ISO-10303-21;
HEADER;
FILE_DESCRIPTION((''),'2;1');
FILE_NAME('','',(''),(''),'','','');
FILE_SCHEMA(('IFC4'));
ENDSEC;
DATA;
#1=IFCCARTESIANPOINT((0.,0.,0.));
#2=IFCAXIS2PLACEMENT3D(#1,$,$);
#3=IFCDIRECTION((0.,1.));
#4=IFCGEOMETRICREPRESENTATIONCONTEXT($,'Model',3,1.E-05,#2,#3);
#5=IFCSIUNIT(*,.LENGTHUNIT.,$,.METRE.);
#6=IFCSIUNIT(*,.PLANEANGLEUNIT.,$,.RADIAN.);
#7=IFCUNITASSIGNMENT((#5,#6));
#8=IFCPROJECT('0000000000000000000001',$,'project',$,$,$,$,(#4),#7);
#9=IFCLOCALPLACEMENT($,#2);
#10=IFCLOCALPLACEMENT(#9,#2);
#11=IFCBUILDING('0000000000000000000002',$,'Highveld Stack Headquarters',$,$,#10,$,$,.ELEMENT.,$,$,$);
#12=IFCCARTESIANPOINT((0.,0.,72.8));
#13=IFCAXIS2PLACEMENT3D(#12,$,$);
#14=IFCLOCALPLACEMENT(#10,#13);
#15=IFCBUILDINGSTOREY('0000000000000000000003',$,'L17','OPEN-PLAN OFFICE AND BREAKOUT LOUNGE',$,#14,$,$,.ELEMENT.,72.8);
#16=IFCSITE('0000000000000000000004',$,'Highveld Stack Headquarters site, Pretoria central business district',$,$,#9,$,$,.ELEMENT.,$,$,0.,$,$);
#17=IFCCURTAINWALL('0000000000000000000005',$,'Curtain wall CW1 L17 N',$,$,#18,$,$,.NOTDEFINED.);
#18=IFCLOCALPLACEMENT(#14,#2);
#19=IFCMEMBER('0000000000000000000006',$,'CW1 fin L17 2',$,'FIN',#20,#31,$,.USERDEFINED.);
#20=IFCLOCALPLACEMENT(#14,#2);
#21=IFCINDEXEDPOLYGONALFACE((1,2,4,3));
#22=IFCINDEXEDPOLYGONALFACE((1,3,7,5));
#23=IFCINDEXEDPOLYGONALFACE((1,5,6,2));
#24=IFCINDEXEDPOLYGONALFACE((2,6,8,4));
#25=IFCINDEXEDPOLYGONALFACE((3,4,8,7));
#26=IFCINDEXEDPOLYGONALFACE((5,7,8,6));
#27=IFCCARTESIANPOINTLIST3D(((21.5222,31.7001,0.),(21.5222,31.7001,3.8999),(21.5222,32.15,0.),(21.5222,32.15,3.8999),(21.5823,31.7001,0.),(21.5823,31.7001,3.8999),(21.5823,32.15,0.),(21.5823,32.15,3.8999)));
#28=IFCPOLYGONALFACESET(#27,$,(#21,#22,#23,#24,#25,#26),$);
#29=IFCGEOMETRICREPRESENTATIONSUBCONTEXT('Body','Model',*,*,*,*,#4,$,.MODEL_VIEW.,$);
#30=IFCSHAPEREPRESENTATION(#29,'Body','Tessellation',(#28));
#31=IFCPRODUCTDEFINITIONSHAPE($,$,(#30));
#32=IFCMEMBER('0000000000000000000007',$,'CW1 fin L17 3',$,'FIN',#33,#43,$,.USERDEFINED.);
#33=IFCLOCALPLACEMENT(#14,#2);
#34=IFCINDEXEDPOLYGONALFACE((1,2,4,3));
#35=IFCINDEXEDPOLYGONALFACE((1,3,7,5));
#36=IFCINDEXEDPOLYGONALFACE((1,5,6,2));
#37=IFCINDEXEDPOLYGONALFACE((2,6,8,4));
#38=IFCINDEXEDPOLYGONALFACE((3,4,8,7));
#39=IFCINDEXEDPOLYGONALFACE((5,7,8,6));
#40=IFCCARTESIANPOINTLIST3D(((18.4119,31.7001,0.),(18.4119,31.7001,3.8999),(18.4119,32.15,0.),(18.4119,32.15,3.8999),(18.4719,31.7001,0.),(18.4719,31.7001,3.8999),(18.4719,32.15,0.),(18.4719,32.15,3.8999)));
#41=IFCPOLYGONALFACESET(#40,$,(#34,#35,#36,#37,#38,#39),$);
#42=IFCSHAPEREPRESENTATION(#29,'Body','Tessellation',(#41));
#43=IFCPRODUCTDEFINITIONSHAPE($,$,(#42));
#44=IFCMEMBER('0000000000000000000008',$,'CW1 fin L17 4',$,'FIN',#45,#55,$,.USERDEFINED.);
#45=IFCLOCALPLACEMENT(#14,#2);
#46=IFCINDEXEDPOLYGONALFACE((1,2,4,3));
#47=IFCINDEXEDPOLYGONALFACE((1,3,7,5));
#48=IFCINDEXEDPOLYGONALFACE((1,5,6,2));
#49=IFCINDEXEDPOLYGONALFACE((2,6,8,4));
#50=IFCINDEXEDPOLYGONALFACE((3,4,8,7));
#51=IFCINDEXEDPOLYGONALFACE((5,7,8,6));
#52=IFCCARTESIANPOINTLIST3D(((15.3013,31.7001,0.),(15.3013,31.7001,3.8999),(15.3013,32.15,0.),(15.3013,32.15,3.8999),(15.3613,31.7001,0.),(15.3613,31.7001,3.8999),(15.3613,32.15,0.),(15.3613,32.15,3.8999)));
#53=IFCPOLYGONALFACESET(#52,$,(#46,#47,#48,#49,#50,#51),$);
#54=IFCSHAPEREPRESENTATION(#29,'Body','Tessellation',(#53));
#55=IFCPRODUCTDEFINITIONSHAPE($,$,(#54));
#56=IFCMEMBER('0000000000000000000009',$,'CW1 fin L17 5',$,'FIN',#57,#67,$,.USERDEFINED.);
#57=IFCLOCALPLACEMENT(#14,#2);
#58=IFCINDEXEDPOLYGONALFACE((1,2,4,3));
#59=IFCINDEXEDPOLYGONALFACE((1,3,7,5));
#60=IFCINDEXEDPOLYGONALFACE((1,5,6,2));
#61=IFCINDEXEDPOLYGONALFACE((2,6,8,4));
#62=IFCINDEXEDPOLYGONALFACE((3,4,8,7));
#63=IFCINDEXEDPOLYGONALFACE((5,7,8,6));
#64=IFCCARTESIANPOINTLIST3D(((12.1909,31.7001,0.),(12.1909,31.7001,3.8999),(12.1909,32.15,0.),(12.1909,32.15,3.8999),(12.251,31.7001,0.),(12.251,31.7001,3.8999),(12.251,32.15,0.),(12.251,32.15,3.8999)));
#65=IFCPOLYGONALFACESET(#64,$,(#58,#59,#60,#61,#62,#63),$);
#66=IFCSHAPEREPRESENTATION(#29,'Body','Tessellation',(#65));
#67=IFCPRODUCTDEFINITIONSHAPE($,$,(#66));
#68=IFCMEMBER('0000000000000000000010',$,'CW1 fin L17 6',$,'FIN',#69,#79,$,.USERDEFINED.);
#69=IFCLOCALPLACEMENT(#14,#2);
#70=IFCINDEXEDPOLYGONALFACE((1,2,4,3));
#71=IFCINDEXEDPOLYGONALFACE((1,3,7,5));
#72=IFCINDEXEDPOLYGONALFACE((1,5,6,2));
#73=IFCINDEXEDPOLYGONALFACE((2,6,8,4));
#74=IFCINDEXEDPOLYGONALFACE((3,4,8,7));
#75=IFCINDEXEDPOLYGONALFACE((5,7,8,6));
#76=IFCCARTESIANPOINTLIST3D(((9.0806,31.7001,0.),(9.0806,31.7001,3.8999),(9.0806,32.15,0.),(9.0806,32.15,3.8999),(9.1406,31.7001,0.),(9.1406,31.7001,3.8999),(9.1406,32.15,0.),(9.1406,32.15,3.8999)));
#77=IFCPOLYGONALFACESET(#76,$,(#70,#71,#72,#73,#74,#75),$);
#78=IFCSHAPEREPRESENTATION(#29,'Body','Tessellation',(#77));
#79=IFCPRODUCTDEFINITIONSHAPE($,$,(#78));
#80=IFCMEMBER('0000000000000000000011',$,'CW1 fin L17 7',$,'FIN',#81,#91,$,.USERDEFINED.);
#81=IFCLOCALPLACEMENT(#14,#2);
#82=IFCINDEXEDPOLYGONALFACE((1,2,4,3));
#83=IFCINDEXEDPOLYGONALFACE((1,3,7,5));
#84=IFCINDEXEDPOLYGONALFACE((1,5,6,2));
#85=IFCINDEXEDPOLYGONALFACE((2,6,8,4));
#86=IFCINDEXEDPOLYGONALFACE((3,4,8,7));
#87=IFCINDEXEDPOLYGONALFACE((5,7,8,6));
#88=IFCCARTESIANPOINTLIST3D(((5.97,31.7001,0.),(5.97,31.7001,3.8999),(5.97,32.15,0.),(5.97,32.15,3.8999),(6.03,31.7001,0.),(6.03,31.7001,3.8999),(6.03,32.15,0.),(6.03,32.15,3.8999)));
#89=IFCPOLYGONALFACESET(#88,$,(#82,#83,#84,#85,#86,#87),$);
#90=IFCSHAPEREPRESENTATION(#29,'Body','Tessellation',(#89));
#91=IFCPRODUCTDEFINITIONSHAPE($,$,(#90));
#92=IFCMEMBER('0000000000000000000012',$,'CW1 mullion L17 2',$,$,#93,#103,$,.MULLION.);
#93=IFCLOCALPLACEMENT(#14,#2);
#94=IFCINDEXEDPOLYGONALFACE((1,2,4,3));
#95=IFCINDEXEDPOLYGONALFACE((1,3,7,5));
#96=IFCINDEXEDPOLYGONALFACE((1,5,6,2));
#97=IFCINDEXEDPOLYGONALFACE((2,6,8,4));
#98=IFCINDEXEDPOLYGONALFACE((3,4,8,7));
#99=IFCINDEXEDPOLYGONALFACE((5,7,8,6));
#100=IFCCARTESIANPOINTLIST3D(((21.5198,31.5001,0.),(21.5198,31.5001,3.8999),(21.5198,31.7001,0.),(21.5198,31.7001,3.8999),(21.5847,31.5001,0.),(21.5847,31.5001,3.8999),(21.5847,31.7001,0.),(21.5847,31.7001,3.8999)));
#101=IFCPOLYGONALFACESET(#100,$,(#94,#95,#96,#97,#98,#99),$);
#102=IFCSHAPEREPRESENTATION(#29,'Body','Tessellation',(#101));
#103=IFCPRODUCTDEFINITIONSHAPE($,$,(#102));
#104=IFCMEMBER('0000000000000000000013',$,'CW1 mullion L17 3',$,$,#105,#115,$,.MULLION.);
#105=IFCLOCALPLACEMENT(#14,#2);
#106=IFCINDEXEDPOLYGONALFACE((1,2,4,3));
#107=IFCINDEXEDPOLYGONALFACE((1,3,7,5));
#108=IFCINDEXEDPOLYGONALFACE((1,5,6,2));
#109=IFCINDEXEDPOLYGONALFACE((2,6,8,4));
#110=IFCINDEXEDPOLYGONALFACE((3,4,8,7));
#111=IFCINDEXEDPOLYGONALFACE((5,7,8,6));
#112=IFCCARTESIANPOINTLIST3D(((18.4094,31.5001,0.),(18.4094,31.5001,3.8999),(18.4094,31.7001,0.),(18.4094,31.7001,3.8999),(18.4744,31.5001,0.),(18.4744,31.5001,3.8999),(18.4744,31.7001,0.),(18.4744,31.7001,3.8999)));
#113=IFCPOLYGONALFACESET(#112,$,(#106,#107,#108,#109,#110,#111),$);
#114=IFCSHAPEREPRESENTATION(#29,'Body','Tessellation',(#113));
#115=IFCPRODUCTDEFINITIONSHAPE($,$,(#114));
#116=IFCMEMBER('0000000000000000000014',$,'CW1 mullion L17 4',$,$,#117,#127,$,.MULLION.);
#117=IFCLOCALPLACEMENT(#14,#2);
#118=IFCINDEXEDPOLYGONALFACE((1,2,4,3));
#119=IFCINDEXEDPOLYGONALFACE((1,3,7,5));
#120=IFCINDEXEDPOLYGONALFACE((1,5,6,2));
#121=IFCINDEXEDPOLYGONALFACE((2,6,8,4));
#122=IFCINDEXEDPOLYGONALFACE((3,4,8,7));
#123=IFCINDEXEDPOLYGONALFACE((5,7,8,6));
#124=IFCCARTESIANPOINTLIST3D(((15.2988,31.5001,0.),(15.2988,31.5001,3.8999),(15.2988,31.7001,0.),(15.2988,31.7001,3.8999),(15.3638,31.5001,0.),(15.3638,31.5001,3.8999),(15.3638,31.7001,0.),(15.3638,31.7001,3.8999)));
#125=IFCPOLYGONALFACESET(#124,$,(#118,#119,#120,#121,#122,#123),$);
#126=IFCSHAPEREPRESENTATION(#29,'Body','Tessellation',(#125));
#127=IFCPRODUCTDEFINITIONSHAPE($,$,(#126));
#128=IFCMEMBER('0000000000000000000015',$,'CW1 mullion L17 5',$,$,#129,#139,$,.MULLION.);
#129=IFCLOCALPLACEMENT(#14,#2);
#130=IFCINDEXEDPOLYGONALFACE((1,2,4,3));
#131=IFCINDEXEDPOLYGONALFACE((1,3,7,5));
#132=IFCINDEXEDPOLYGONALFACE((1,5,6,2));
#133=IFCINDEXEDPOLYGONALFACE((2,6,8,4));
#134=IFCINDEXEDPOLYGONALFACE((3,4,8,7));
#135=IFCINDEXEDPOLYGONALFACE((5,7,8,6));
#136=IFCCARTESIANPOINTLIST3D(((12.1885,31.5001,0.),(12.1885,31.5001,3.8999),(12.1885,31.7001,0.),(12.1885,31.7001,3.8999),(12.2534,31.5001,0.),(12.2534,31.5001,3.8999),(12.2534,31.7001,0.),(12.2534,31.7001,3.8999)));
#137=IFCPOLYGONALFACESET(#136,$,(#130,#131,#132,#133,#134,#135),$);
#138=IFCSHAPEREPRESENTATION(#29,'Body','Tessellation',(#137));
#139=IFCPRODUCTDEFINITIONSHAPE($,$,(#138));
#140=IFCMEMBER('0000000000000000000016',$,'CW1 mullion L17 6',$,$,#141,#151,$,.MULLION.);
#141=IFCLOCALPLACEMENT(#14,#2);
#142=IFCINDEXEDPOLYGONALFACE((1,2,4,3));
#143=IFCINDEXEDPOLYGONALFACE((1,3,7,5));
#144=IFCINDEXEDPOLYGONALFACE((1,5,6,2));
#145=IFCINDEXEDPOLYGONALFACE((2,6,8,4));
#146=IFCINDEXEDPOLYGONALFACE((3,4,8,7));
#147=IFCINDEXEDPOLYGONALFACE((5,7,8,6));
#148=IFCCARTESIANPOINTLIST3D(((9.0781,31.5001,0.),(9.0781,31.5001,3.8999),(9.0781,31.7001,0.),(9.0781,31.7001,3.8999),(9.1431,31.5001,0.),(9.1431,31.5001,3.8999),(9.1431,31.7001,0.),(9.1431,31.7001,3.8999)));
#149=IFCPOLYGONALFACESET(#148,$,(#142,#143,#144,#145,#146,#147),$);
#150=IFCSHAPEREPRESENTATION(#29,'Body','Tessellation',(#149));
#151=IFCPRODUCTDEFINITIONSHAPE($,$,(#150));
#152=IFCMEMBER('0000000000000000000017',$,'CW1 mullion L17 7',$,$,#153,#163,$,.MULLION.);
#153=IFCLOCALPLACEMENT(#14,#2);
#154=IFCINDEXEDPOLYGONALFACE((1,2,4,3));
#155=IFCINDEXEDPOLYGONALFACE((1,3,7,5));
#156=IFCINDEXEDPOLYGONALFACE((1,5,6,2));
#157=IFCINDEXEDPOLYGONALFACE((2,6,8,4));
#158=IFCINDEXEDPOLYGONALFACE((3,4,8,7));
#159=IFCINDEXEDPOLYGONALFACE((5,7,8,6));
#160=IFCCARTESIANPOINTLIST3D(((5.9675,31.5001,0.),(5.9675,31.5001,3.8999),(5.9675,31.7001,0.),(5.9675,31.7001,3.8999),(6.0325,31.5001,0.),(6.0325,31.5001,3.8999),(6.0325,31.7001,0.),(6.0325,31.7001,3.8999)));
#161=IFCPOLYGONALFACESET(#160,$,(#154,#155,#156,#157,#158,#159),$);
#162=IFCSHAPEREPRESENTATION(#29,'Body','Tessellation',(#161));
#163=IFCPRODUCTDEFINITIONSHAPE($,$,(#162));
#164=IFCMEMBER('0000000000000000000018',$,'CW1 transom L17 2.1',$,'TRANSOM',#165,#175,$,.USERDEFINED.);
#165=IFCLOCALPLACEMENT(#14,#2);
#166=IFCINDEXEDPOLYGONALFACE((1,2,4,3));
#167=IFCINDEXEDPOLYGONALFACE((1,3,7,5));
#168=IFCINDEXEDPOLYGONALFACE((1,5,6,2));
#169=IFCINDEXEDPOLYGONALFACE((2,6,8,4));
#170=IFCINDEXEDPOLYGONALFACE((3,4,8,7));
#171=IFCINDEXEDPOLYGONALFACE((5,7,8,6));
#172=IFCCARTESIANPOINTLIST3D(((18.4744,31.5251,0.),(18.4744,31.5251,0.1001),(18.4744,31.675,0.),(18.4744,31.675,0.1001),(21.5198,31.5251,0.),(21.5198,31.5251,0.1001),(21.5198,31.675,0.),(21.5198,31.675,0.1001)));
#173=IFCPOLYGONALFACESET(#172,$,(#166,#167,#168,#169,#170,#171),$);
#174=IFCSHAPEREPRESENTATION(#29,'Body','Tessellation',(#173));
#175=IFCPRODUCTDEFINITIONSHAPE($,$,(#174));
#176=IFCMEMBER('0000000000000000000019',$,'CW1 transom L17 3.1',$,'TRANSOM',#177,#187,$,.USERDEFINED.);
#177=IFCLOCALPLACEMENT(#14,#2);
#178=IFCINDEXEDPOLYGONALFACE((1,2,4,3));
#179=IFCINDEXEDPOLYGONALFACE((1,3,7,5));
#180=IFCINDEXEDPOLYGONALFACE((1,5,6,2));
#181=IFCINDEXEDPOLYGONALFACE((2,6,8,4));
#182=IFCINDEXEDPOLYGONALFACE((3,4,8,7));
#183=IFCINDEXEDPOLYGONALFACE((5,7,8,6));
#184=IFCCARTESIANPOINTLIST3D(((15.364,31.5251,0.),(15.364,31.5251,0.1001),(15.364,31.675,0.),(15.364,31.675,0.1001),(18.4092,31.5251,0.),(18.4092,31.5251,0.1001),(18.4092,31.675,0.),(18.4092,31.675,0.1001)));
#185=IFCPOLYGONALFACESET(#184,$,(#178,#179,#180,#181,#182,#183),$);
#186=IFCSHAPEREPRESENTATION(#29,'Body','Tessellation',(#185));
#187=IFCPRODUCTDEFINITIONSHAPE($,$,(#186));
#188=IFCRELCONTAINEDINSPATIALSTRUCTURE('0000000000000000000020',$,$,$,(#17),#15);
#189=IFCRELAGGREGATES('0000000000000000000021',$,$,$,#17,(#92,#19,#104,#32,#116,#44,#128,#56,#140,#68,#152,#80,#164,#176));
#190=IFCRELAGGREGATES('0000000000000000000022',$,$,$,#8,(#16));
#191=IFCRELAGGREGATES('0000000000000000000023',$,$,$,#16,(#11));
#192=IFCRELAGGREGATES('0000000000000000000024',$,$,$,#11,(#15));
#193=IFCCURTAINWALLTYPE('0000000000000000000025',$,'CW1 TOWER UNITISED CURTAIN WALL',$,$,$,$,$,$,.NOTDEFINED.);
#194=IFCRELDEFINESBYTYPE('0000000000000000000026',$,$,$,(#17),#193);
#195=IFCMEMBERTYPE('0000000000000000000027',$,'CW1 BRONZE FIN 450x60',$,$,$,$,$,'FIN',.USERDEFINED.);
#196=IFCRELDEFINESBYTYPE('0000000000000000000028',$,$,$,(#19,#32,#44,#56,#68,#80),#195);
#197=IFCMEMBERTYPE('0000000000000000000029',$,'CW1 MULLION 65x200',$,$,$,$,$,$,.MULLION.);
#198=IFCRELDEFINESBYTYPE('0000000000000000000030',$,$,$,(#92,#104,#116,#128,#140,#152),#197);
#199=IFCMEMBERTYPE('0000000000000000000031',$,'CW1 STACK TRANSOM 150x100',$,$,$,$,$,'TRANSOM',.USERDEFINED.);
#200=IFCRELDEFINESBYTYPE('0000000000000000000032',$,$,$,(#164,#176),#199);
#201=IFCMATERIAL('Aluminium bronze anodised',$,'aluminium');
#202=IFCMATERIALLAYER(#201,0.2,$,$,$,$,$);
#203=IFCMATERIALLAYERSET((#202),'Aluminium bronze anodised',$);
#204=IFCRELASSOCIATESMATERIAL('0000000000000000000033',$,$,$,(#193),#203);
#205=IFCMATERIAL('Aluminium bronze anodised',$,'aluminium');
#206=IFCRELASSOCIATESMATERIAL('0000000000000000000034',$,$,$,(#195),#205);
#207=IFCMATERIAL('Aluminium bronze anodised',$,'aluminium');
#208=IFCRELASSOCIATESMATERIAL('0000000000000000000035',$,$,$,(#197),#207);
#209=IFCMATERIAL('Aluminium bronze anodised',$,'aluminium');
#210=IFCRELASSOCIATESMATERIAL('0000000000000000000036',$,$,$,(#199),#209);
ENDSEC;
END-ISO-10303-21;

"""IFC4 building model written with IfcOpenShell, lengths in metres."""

from ifc_helpers import new_model, si_unit, direction, frame, origin, origin_2d, place, context, subcontext, project, spatial, rectangle, extrude, material, layer, layer_set, material_profile, profile_set, type_object, element, aggregate, save


model = new_model("IFC4")

# Units and contexts
model_context = context("Model", 3, precision=1e-05, world=origin(), true_north=direction((0.0, 1.0)))
body_context = subcontext(model_context, "Body", "Model", "MODEL_VIEW")
ifc_project = project(units=[si_unit("LENGTHUNIT", "METRE"), si_unit("PLANEANGLEUNIT", "RADIAN")], contexts=[model_context])

# Site, building, storey
site_placement = place(None, origin())
site = spatial("IfcSite", under=ifc_project, at=site_placement, Name="Highveld Stack Headquarters site, Pretoria central business district", CompositionType="ELEMENT", RefElevation=0.0)
building_placement = place(site_placement, origin())
building = spatial("IfcBuilding", under=site, at=building_placement, Name="Highveld Stack Headquarters", CompositionType="ELEMENT")
storey_placement = place(building_placement, frame((0.0, 0.0, 72.8)))
storey = spatial("IfcBuildingStorey", under=building, at=storey_placement, Name="L17", Description="OPEN-PLAN OFFICE AND BREAKOUT LOUNGE", CompositionType="ELEMENT", Elevation=72.8)

# Curtain wall, members
ifc_material_1 = material(Name="Aluminium bronze anodised", Category="aluminium")
ifc_layer_1 = layer(ifc_material_1, 0.2)
ifc_layer_set_1 = layer_set([ifc_layer_1], Name="Aluminium bronze anodised")
curtain_wall_type = type_object("IfcCurtainWallType", Name="CW1 TOWER UNITISED CURTAIN WALL", PredefinedType="NOTDEFINED", material=ifc_layer_set_1)
curtain_wall_placement = place(storey_placement, origin())
curtain_wall = element("IfcCurtainWall", 1, at=curtain_wall_placement, inside=storey, type_object=curtain_wall_type, Name="Curtain wall CW1 L17 N", PredefinedType="NOTDEFINED")
ifc_material_2 = material(Name="Aluminium bronze anodised", Category="aluminium")
ifc_material_profile_1 = material_profile(ifc_material_2, rectangle(XDim=0.45, YDim=0.0601, at=origin_2d()), Name="FIN 450x60")
ifc_profile_set_1 = profile_set([ifc_material_profile_1], Name="Aluminium bronze anodised")
member_type_1 = type_object("IfcMemberType", Name="CW1 BRONZE FIN 450x60", ElementType="FIN", PredefinedType="USERDEFINED", material=ifc_profile_set_1)
member_1_placement = place(storey_placement, frame((21.5522, 31.925, 0.0), z_axis=(0.0, 0.0, 1.0), x_axis=(0.0, -1.0, 0.0)))
member_1 = element("IfcMember", 2, at=member_1_placement, type_object=member_type_1, Name="CW1 fin L17 2", ObjectType="FIN", PredefinedType="USERDEFINED", context=body_context, shape_type="SweptSolid", body=[
    extrude(rectangle(XDim=0.45, YDim=0.0601, at=origin_2d()), origin(), (0.0, 0.0, 1.0), 3.8999),
])
member_2_placement = place(storey_placement, frame((18.4419, 31.925, 0.0), z_axis=(0.0, 0.0, 1.0), x_axis=(0.0, -1.0, 0.0)))
member_2 = element("IfcMember", 3, at=member_2_placement, type_object=member_type_1, Name="CW1 fin L17 3", ObjectType="FIN", PredefinedType="USERDEFINED", context=body_context, shape_type="SweptSolid", body=[
    extrude(rectangle(XDim=0.45, YDim=0.0601, at=origin_2d()), origin(), (0.0, 0.0, 1.0), 3.8999),
])
member_3_placement = place(storey_placement, frame((15.3313, 31.925, 0.0), z_axis=(0.0, 0.0, 1.0), x_axis=(0.0, -1.0, 0.0)))
member_3 = element("IfcMember", 4, at=member_3_placement, type_object=member_type_1, Name="CW1 fin L17 4", ObjectType="FIN", PredefinedType="USERDEFINED", context=body_context, shape_type="SweptSolid", body=[
    extrude(rectangle(XDim=0.45, YDim=0.0601, at=origin_2d()), origin(), (0.0, 0.0, 1.0), 3.8999),
])
member_4_placement = place(storey_placement, frame((12.2209, 31.925, 0.0), z_axis=(0.0, 0.0, 1.0), x_axis=(0.0, -1.0, 0.0)))
member_4 = element("IfcMember", 5, at=member_4_placement, type_object=member_type_1, Name="CW1 fin L17 5", ObjectType="FIN", PredefinedType="USERDEFINED", context=body_context, shape_type="SweptSolid", body=[
    extrude(rectangle(XDim=0.45, YDim=0.0601, at=origin_2d()), origin(), (0.0, 0.0, 1.0), 3.8999),
])
member_5_placement = place(storey_placement, frame((9.1106, 31.925, 0.0), z_axis=(0.0, 0.0, 1.0), x_axis=(0.0, -1.0, 0.0)))
member_5 = element("IfcMember", 6, at=member_5_placement, type_object=member_type_1, Name="CW1 fin L17 6", ObjectType="FIN", PredefinedType="USERDEFINED", context=body_context, shape_type="SweptSolid", body=[
    extrude(rectangle(XDim=0.45, YDim=0.0601, at=origin_2d()), origin(), (0.0, 0.0, 1.0), 3.8999),
])
member_6_placement = place(storey_placement, frame((6.0, 31.925, 0.0), z_axis=(0.0, 0.0, 1.0), x_axis=(0.0, -1.0, 0.0)))
member_6 = element("IfcMember", 7, at=member_6_placement, type_object=member_type_1, Name="CW1 fin L17 7", ObjectType="FIN", PredefinedType="USERDEFINED", context=body_context, shape_type="SweptSolid", body=[
    extrude(rectangle(XDim=0.45, YDim=0.0601, at=origin_2d()), origin(), (0.0, 0.0, 1.0), 3.8999),
])
ifc_material_3 = material(Name="Aluminium bronze anodised", Category="aluminium")
ifc_material_profile_2 = material_profile(ifc_material_3, rectangle(XDim=0.2, YDim=0.0649, at=origin_2d()), Name="CW1 MULLION 65x200")
ifc_profile_set_2 = profile_set([ifc_material_profile_2], Name="Aluminium bronze anodised")
member_type_2 = type_object("IfcMemberType", Name="CW1 MULLION 65x200", PredefinedType="MULLION", material=ifc_profile_set_2)
member_7_placement = place(storey_placement, frame((21.5522, 31.6001, 0.0), z_axis=(0.0, 0.0, 1.0), x_axis=(0.0, -1.0, 0.0)))
member_7 = element("IfcMember", 8, at=member_7_placement, type_object=member_type_2, Name="CW1 mullion L17 2", PredefinedType="MULLION", context=body_context, shape_type="SweptSolid", body=[
    extrude(rectangle(XDim=0.2, YDim=0.0649, at=origin_2d()), origin(), (0.0, 0.0, 1.0), 3.8999),
])
member_8_placement = place(storey_placement, frame((18.4419, 31.6001, 0.0), z_axis=(0.0, 0.0, 1.0), x_axis=(0.0, -1.0, 0.0)))
member_8 = element("IfcMember", 9, at=member_8_placement, type_object=member_type_2, Name="CW1 mullion L17 3", PredefinedType="MULLION", context=body_context, shape_type="SweptSolid", body=[
    extrude(rectangle(XDim=0.2, YDim=0.0649, at=origin_2d()), origin(), (0.0, 0.0, 1.0), 3.8999),
])
member_9_placement = place(storey_placement, frame((15.3313, 31.6001, 0.0), z_axis=(0.0, 0.0, 1.0), x_axis=(0.0, -1.0, 0.0)))
member_9 = element("IfcMember", 10, at=member_9_placement, type_object=member_type_2, Name="CW1 mullion L17 4", PredefinedType="MULLION", context=body_context, shape_type="SweptSolid", body=[
    extrude(rectangle(XDim=0.2, YDim=0.0649, at=origin_2d()), origin(), (0.0, 0.0, 1.0), 3.8999),
])
member_10_placement = place(storey_placement, frame((12.2209, 31.6001, 0.0), z_axis=(0.0, 0.0, 1.0), x_axis=(0.0, -1.0, 0.0)))
member_10 = element("IfcMember", 11, at=member_10_placement, type_object=member_type_2, Name="CW1 mullion L17 5", PredefinedType="MULLION", context=body_context, shape_type="SweptSolid", body=[
    extrude(rectangle(XDim=0.2, YDim=0.0649, at=origin_2d()), origin(), (0.0, 0.0, 1.0), 3.8999),
])
member_11_placement = place(storey_placement, frame((9.1106, 31.6001, 0.0), z_axis=(0.0, 0.0, 1.0), x_axis=(0.0, -1.0, 0.0)))
member_11 = element("IfcMember", 12, at=member_11_placement, type_object=member_type_2, Name="CW1 mullion L17 6", PredefinedType="MULLION", context=body_context, shape_type="SweptSolid", body=[
    extrude(rectangle(XDim=0.2, YDim=0.0649, at=origin_2d()), origin(), (0.0, 0.0, 1.0), 3.8999),
])
member_12_placement = place(storey_placement, frame((6.0, 31.6001, 0.0), z_axis=(0.0, 0.0, 1.0), x_axis=(0.0, -1.0, 0.0)))
member_12 = element("IfcMember", 13, at=member_12_placement, type_object=member_type_2, Name="CW1 mullion L17 7", PredefinedType="MULLION", context=body_context, shape_type="SweptSolid", body=[
    extrude(rectangle(XDim=0.2, YDim=0.0649, at=origin_2d()), origin(), (0.0, 0.0, 1.0), 3.8999),
])
ifc_material_4 = material(Name="Aluminium bronze anodised", Category="aluminium")
ifc_material_profile_3 = material_profile(ifc_material_4, rectangle(XDim=0.1499, YDim=0.1001, at=origin_2d()), Name="CW1 TRANSOM 150x100")
ifc_profile_set_3 = profile_set([ifc_material_profile_3], Name="Aluminium bronze anodised")
member_type_3 = type_object("IfcMemberType", Name="CW1 STACK TRANSOM 150x100", ElementType="TRANSOM", PredefinedType="USERDEFINED", material=ifc_profile_set_3)
member_13_placement = place(storey_placement, frame((21.5198, 31.6001, 0.05), z_axis=(-1.0, 0.0, 0.0), x_axis=(0.0, -1.0, 0.0)))
member_13 = element("IfcMember", 14, at=member_13_placement, type_object=member_type_3, Name="CW1 transom L17 2.1", ObjectType="TRANSOM", PredefinedType="USERDEFINED", context=body_context, shape_type="SweptSolid", body=[
    extrude(rectangle(XDim=0.1499, YDim=0.1001, at=origin_2d()), origin(), (0.0, 0.0, 1.0), 3.0454),
])
member_14_placement = place(storey_placement, frame((18.4092, 31.6001, 0.05), z_axis=(-1.0, 0.0, 0.0), x_axis=(0.0, -1.0, 0.0)))
member_14 = element("IfcMember", 15, at=member_14_placement, type_object=member_type_3, Name="CW1 transom L17 3.1", ObjectType="TRANSOM", PredefinedType="USERDEFINED", context=body_context, shape_type="SweptSolid", body=[
    extrude(rectangle(XDim=0.1499, YDim=0.1001, at=origin_2d()), origin(), (0.0, 0.0, 1.0), 3.0452),
])

aggregate(curtain_wall, [member_7, member_1, member_8, member_2, member_9, member_3, member_10, member_4, member_11, member_5, member_12, member_6, member_13, member_14])

save(model, "model.ifc")
